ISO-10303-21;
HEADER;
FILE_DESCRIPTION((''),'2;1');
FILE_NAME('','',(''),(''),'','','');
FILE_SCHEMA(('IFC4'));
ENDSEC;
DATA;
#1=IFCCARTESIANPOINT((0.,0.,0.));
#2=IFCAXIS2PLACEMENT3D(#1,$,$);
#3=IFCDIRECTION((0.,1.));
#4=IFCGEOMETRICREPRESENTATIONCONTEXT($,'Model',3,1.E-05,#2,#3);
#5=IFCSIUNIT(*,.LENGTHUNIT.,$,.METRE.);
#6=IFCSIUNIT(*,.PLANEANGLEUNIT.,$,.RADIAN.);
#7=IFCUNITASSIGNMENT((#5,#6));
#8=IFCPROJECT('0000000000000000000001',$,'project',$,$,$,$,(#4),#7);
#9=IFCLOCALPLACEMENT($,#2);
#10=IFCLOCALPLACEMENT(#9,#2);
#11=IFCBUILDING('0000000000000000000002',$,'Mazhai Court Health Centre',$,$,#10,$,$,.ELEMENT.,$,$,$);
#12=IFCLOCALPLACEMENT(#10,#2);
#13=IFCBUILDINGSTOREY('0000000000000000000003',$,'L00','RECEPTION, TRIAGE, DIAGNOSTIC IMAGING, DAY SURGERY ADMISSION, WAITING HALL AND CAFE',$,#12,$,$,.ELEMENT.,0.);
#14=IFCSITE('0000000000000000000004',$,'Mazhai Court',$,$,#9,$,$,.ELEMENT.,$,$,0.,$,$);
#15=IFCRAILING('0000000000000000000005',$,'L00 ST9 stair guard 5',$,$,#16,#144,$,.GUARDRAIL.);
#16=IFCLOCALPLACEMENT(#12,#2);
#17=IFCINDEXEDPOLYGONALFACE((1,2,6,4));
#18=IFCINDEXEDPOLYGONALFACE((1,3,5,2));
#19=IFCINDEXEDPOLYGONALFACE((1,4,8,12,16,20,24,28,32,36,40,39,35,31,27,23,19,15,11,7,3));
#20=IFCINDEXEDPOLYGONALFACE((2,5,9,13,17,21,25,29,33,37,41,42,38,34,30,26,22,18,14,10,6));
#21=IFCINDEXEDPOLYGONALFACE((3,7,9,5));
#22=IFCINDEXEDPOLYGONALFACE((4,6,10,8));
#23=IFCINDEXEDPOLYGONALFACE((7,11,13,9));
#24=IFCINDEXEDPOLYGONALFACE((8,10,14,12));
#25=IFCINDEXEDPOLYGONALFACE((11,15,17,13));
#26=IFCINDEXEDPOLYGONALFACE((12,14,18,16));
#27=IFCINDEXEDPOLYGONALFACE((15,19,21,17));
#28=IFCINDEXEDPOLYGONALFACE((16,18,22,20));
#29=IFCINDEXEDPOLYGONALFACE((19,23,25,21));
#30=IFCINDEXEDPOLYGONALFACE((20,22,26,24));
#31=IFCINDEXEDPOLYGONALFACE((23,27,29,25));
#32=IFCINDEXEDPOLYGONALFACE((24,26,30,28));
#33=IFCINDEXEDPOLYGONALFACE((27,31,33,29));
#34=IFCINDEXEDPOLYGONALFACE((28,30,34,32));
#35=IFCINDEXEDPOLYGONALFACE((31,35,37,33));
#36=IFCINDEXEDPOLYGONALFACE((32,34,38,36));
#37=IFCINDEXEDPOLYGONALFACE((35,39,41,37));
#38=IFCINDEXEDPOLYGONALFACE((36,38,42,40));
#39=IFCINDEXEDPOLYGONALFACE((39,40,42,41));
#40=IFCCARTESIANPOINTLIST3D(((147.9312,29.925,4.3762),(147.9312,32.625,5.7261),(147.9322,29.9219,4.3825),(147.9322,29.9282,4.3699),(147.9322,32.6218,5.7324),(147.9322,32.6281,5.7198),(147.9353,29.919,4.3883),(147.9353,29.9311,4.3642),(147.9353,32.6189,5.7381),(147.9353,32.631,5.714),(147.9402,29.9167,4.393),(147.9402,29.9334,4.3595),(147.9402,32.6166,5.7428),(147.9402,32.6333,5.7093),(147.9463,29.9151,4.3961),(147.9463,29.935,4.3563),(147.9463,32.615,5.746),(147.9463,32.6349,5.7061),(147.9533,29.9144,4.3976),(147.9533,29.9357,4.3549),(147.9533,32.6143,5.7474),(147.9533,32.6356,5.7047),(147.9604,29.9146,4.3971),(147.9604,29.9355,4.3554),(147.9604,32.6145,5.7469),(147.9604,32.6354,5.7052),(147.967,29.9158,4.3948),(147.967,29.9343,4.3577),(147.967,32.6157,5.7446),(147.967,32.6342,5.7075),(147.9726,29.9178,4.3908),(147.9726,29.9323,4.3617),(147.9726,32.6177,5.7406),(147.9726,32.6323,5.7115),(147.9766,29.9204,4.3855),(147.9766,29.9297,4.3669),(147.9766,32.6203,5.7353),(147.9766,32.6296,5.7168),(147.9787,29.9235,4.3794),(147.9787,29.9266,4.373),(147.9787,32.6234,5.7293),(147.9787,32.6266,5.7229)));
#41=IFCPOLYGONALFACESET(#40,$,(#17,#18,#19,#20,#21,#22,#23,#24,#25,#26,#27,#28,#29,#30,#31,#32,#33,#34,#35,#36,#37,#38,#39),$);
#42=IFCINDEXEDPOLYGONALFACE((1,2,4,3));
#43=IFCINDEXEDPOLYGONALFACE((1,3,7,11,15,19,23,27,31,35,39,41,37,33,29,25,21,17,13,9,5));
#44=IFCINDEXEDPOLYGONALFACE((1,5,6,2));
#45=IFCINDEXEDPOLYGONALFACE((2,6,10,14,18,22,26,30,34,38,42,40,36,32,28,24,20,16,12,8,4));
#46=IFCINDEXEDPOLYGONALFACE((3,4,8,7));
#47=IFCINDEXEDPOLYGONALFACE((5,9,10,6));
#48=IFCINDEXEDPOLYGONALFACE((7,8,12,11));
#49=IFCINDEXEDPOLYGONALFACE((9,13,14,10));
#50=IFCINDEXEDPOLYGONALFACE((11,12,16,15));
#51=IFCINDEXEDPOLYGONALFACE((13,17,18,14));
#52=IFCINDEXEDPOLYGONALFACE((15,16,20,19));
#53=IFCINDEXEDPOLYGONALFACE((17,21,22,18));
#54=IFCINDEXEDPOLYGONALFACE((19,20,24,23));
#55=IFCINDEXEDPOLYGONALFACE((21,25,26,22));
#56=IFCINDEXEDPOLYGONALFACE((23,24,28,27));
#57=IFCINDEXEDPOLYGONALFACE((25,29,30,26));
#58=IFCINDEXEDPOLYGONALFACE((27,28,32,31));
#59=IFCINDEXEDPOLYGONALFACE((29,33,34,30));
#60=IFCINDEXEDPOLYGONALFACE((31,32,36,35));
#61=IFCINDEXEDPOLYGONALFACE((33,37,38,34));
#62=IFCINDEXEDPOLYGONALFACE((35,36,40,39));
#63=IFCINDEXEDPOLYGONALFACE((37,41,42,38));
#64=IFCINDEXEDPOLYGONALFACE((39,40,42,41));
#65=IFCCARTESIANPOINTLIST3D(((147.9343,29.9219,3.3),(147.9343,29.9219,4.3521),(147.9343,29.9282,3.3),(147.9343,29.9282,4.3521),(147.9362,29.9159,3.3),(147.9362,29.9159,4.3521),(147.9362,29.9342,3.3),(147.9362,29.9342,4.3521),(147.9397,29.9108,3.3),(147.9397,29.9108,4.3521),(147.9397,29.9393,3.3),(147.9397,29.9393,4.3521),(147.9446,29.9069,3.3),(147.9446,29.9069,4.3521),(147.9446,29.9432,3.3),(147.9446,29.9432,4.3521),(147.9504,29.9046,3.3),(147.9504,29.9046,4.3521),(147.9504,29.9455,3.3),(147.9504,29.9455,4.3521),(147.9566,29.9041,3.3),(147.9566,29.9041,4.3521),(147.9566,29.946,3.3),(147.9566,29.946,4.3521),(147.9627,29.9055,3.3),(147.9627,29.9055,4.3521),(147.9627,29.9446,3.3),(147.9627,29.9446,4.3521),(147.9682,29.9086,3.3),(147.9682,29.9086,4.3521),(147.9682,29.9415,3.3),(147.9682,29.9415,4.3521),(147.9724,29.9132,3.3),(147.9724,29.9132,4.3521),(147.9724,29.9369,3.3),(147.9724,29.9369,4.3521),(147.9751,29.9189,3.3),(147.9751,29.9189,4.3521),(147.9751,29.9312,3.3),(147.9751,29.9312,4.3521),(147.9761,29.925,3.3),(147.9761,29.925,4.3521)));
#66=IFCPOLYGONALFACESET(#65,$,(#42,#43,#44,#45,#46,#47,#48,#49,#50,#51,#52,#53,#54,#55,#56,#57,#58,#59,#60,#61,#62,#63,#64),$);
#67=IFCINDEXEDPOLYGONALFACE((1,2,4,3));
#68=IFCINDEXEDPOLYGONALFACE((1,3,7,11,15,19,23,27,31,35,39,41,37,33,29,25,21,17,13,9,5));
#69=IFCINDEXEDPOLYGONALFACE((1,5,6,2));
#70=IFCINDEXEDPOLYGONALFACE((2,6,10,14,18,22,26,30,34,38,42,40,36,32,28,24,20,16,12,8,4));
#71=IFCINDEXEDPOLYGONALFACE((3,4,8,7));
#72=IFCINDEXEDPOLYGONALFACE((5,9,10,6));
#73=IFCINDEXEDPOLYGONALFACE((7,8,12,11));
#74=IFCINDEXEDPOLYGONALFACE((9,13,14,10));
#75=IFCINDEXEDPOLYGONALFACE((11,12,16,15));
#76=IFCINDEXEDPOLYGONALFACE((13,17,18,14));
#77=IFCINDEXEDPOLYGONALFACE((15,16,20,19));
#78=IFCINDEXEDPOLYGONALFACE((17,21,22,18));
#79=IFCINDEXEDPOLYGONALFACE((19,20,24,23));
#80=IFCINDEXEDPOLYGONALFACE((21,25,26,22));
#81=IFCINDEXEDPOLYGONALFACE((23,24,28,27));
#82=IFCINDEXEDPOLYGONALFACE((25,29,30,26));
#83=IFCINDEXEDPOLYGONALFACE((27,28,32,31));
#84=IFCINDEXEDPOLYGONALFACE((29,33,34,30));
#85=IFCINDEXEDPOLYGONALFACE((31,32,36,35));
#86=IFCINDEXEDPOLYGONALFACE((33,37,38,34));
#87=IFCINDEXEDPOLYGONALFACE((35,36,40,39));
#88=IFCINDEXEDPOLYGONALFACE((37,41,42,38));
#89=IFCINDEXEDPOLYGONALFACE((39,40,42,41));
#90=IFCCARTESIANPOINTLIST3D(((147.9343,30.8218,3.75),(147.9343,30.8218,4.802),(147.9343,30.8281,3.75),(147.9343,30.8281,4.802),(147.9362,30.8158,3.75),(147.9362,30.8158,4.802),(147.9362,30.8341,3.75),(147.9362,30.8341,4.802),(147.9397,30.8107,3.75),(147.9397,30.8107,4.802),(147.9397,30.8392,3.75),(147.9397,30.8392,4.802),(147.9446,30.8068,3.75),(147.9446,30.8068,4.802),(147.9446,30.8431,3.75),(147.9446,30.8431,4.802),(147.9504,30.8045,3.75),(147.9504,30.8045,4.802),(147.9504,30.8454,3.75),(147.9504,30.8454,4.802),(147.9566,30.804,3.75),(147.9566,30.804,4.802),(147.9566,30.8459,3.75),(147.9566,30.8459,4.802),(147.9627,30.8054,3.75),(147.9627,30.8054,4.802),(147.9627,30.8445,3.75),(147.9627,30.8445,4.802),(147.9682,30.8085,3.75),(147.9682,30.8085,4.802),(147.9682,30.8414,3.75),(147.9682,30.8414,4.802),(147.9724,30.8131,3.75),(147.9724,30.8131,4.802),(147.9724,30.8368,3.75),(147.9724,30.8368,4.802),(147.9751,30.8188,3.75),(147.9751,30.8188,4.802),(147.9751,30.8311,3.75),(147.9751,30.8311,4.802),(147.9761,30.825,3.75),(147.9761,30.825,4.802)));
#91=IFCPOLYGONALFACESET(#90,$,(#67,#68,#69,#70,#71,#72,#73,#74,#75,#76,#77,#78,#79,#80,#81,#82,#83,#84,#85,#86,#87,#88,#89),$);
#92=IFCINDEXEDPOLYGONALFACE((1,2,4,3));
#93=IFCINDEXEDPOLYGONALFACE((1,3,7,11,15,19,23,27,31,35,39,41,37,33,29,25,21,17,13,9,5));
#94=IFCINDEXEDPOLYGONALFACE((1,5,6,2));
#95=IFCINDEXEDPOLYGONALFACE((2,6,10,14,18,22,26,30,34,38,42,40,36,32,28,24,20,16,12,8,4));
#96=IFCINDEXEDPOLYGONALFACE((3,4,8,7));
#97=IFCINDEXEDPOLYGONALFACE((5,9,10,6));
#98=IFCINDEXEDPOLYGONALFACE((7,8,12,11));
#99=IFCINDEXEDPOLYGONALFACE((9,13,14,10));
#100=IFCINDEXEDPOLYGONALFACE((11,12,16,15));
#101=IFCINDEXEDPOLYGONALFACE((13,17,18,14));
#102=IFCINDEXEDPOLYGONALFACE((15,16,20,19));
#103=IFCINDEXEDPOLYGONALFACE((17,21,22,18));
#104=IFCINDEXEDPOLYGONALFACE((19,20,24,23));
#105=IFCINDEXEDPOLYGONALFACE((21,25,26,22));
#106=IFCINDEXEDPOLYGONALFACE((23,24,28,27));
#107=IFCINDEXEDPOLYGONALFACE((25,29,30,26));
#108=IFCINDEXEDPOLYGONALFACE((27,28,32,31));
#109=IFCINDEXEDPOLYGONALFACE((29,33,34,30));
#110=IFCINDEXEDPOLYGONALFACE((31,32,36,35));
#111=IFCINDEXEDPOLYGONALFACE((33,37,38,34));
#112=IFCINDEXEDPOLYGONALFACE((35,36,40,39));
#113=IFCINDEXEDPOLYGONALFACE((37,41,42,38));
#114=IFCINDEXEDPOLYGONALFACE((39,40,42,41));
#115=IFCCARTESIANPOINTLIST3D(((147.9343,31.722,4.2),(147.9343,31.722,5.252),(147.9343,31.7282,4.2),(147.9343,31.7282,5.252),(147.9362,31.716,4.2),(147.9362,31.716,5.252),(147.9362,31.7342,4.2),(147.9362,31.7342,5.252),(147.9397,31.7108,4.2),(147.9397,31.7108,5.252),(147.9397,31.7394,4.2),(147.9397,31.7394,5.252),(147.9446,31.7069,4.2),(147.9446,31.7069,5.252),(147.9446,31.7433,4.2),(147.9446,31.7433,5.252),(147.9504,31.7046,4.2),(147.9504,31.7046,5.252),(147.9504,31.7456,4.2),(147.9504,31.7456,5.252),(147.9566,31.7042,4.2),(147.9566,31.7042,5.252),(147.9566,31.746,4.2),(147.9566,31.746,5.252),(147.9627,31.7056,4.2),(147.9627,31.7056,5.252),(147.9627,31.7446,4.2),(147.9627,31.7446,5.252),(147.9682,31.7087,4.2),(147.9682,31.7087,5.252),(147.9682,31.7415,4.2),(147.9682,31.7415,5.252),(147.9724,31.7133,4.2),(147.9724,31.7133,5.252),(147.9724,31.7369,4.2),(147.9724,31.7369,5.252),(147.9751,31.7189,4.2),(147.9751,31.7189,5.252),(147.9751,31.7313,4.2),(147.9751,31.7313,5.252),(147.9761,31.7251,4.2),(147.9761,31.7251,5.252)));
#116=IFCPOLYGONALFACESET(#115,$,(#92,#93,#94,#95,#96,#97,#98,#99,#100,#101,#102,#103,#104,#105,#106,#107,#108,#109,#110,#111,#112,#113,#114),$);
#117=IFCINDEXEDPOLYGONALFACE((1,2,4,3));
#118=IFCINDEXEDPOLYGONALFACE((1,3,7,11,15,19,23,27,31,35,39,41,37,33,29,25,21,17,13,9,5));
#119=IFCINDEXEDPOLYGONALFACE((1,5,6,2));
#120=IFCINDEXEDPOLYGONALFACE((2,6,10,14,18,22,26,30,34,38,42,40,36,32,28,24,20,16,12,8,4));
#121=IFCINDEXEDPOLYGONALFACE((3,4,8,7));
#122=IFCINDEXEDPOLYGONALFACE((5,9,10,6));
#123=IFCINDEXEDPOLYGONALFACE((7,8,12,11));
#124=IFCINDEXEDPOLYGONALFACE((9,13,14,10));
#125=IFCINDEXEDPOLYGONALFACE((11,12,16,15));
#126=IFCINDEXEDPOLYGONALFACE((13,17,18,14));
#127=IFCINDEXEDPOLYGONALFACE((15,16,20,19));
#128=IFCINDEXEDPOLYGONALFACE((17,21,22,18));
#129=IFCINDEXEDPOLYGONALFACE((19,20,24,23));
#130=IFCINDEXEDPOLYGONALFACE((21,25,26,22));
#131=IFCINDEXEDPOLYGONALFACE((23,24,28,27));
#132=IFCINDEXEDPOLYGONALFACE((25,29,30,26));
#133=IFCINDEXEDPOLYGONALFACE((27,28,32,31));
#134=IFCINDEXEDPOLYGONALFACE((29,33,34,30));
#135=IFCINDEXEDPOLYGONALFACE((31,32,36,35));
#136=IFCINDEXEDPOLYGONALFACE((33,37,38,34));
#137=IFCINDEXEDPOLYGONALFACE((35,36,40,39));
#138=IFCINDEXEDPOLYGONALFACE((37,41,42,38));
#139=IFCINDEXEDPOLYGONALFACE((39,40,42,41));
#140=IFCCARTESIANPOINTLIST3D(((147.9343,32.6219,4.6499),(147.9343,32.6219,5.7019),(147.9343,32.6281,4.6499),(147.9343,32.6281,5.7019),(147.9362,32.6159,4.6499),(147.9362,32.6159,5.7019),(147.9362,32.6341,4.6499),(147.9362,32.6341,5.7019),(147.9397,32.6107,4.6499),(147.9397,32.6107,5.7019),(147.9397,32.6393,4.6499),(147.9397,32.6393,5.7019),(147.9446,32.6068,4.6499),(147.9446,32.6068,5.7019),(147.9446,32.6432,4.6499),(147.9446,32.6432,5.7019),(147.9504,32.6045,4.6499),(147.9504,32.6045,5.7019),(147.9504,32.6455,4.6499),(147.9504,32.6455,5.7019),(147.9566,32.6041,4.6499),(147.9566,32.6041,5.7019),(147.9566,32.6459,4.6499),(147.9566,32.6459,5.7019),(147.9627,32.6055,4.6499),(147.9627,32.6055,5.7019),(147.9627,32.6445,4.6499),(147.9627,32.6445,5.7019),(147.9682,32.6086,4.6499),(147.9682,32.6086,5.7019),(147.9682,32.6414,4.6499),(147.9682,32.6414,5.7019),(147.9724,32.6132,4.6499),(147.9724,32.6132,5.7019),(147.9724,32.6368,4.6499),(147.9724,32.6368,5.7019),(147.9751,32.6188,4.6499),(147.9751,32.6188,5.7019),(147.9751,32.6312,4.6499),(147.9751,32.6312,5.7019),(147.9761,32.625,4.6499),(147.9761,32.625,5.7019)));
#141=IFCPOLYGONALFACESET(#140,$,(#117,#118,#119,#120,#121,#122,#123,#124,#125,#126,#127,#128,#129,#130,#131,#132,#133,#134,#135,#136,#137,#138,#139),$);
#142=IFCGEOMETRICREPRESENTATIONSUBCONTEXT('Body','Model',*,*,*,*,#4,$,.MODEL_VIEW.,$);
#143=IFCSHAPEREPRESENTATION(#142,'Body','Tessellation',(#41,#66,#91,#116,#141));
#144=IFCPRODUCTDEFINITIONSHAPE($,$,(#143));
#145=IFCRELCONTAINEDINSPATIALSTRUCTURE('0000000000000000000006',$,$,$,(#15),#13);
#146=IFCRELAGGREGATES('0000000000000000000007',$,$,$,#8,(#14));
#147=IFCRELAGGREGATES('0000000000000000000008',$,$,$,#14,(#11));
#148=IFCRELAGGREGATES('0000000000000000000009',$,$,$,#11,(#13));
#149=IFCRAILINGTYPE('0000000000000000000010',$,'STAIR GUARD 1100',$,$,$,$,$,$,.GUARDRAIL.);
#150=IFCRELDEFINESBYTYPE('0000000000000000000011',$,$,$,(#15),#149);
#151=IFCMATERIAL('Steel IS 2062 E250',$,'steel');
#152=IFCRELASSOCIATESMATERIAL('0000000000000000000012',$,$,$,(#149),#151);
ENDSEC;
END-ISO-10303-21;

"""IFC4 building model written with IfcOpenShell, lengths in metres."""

from ifc_helpers import new_model, si_unit, direction, frame, origin, origin_2d, place, context, subcontext, project, spatial, circle, extrude, material, type_object, element, save


model = new_model("IFC4")

# Units and contexts
model_context = context("Model", 3, precision=1e-05, world=origin(), true_north=direction((0.0, 1.0)))
body_context = subcontext(model_context, "Body", "Model", "MODEL_VIEW")
ifc_project = project(units=[si_unit("LENGTHUNIT", "METRE"), si_unit("PLANEANGLEUNIT", "RADIAN")], contexts=[model_context])

# Site, building, storey
site_placement = place(None, origin())
site = spatial("IfcSite", under=ifc_project, at=site_placement, Name="Mazhai Court", CompositionType="ELEMENT", RefElevation=0.0)
building_placement = place(site_placement, origin())
building = spatial("IfcBuilding", under=site, at=building_placement, Name="Mazhai Court Health Centre", CompositionType="ELEMENT")
storey_placement = place(building_placement, origin())
storey = spatial("IfcBuildingStorey", under=building, at=storey_placement, Name="L00", Description="RECEPTION, TRIAGE, DIAGNOSTIC IMAGING, DAY SURGERY ADMISSION, WAITING HALL AND CAFE", CompositionType="ELEMENT", Elevation=0.0)

# Railing
ifc_material_1 = material(Name="Steel IS 2062 E250", Category="steel")
railing_type_1 = type_object("IfcRailingType", Name="STAIR GUARD 1100", PredefinedType="GUARDRAIL", material=ifc_material_1)
railing_1_placement = place(storey_placement, frame((147.9551, 29.925, 3.3)))
element("IfcRailing", 1, at=railing_1_placement, inside=storey, type_object=railing_type_1, Name="L00 ST9 stair guard 5", PredefinedType="GUARDRAIL", context=body_context, shape_type="SweptSolid", body=[
    extrude(circle(Radius=0.0239, at=origin_2d()), frame((0.0, 0.0, 1.0762), z_axis=(0.0, 0.894443, 0.447181), x_axis=(-1.0, 0.0, 0.0)), (0.0, 0.0, 1.0), 3.0186),
    extrude(circle(Radius=0.021, at=origin_2d()), origin(), (0.0, 0.0, 1.0), 1.052),
    extrude(circle(Radius=0.021, at=origin_2d()), frame((0.0, 0.8999, 0.45)), (0.0, 0.0, 1.0), 1.052),
    extrude(circle(Radius=0.021, at=origin_2d()), frame((0.0, 1.8, 0.8999)), (0.0, 0.0, 1.0), 1.052),
    extrude(circle(Radius=0.021, at=origin_2d()), frame((0.0, 2.7, 1.3499)), (0.0, 0.0, 1.0), 1.052),
])

save(model, "model.ifc")
